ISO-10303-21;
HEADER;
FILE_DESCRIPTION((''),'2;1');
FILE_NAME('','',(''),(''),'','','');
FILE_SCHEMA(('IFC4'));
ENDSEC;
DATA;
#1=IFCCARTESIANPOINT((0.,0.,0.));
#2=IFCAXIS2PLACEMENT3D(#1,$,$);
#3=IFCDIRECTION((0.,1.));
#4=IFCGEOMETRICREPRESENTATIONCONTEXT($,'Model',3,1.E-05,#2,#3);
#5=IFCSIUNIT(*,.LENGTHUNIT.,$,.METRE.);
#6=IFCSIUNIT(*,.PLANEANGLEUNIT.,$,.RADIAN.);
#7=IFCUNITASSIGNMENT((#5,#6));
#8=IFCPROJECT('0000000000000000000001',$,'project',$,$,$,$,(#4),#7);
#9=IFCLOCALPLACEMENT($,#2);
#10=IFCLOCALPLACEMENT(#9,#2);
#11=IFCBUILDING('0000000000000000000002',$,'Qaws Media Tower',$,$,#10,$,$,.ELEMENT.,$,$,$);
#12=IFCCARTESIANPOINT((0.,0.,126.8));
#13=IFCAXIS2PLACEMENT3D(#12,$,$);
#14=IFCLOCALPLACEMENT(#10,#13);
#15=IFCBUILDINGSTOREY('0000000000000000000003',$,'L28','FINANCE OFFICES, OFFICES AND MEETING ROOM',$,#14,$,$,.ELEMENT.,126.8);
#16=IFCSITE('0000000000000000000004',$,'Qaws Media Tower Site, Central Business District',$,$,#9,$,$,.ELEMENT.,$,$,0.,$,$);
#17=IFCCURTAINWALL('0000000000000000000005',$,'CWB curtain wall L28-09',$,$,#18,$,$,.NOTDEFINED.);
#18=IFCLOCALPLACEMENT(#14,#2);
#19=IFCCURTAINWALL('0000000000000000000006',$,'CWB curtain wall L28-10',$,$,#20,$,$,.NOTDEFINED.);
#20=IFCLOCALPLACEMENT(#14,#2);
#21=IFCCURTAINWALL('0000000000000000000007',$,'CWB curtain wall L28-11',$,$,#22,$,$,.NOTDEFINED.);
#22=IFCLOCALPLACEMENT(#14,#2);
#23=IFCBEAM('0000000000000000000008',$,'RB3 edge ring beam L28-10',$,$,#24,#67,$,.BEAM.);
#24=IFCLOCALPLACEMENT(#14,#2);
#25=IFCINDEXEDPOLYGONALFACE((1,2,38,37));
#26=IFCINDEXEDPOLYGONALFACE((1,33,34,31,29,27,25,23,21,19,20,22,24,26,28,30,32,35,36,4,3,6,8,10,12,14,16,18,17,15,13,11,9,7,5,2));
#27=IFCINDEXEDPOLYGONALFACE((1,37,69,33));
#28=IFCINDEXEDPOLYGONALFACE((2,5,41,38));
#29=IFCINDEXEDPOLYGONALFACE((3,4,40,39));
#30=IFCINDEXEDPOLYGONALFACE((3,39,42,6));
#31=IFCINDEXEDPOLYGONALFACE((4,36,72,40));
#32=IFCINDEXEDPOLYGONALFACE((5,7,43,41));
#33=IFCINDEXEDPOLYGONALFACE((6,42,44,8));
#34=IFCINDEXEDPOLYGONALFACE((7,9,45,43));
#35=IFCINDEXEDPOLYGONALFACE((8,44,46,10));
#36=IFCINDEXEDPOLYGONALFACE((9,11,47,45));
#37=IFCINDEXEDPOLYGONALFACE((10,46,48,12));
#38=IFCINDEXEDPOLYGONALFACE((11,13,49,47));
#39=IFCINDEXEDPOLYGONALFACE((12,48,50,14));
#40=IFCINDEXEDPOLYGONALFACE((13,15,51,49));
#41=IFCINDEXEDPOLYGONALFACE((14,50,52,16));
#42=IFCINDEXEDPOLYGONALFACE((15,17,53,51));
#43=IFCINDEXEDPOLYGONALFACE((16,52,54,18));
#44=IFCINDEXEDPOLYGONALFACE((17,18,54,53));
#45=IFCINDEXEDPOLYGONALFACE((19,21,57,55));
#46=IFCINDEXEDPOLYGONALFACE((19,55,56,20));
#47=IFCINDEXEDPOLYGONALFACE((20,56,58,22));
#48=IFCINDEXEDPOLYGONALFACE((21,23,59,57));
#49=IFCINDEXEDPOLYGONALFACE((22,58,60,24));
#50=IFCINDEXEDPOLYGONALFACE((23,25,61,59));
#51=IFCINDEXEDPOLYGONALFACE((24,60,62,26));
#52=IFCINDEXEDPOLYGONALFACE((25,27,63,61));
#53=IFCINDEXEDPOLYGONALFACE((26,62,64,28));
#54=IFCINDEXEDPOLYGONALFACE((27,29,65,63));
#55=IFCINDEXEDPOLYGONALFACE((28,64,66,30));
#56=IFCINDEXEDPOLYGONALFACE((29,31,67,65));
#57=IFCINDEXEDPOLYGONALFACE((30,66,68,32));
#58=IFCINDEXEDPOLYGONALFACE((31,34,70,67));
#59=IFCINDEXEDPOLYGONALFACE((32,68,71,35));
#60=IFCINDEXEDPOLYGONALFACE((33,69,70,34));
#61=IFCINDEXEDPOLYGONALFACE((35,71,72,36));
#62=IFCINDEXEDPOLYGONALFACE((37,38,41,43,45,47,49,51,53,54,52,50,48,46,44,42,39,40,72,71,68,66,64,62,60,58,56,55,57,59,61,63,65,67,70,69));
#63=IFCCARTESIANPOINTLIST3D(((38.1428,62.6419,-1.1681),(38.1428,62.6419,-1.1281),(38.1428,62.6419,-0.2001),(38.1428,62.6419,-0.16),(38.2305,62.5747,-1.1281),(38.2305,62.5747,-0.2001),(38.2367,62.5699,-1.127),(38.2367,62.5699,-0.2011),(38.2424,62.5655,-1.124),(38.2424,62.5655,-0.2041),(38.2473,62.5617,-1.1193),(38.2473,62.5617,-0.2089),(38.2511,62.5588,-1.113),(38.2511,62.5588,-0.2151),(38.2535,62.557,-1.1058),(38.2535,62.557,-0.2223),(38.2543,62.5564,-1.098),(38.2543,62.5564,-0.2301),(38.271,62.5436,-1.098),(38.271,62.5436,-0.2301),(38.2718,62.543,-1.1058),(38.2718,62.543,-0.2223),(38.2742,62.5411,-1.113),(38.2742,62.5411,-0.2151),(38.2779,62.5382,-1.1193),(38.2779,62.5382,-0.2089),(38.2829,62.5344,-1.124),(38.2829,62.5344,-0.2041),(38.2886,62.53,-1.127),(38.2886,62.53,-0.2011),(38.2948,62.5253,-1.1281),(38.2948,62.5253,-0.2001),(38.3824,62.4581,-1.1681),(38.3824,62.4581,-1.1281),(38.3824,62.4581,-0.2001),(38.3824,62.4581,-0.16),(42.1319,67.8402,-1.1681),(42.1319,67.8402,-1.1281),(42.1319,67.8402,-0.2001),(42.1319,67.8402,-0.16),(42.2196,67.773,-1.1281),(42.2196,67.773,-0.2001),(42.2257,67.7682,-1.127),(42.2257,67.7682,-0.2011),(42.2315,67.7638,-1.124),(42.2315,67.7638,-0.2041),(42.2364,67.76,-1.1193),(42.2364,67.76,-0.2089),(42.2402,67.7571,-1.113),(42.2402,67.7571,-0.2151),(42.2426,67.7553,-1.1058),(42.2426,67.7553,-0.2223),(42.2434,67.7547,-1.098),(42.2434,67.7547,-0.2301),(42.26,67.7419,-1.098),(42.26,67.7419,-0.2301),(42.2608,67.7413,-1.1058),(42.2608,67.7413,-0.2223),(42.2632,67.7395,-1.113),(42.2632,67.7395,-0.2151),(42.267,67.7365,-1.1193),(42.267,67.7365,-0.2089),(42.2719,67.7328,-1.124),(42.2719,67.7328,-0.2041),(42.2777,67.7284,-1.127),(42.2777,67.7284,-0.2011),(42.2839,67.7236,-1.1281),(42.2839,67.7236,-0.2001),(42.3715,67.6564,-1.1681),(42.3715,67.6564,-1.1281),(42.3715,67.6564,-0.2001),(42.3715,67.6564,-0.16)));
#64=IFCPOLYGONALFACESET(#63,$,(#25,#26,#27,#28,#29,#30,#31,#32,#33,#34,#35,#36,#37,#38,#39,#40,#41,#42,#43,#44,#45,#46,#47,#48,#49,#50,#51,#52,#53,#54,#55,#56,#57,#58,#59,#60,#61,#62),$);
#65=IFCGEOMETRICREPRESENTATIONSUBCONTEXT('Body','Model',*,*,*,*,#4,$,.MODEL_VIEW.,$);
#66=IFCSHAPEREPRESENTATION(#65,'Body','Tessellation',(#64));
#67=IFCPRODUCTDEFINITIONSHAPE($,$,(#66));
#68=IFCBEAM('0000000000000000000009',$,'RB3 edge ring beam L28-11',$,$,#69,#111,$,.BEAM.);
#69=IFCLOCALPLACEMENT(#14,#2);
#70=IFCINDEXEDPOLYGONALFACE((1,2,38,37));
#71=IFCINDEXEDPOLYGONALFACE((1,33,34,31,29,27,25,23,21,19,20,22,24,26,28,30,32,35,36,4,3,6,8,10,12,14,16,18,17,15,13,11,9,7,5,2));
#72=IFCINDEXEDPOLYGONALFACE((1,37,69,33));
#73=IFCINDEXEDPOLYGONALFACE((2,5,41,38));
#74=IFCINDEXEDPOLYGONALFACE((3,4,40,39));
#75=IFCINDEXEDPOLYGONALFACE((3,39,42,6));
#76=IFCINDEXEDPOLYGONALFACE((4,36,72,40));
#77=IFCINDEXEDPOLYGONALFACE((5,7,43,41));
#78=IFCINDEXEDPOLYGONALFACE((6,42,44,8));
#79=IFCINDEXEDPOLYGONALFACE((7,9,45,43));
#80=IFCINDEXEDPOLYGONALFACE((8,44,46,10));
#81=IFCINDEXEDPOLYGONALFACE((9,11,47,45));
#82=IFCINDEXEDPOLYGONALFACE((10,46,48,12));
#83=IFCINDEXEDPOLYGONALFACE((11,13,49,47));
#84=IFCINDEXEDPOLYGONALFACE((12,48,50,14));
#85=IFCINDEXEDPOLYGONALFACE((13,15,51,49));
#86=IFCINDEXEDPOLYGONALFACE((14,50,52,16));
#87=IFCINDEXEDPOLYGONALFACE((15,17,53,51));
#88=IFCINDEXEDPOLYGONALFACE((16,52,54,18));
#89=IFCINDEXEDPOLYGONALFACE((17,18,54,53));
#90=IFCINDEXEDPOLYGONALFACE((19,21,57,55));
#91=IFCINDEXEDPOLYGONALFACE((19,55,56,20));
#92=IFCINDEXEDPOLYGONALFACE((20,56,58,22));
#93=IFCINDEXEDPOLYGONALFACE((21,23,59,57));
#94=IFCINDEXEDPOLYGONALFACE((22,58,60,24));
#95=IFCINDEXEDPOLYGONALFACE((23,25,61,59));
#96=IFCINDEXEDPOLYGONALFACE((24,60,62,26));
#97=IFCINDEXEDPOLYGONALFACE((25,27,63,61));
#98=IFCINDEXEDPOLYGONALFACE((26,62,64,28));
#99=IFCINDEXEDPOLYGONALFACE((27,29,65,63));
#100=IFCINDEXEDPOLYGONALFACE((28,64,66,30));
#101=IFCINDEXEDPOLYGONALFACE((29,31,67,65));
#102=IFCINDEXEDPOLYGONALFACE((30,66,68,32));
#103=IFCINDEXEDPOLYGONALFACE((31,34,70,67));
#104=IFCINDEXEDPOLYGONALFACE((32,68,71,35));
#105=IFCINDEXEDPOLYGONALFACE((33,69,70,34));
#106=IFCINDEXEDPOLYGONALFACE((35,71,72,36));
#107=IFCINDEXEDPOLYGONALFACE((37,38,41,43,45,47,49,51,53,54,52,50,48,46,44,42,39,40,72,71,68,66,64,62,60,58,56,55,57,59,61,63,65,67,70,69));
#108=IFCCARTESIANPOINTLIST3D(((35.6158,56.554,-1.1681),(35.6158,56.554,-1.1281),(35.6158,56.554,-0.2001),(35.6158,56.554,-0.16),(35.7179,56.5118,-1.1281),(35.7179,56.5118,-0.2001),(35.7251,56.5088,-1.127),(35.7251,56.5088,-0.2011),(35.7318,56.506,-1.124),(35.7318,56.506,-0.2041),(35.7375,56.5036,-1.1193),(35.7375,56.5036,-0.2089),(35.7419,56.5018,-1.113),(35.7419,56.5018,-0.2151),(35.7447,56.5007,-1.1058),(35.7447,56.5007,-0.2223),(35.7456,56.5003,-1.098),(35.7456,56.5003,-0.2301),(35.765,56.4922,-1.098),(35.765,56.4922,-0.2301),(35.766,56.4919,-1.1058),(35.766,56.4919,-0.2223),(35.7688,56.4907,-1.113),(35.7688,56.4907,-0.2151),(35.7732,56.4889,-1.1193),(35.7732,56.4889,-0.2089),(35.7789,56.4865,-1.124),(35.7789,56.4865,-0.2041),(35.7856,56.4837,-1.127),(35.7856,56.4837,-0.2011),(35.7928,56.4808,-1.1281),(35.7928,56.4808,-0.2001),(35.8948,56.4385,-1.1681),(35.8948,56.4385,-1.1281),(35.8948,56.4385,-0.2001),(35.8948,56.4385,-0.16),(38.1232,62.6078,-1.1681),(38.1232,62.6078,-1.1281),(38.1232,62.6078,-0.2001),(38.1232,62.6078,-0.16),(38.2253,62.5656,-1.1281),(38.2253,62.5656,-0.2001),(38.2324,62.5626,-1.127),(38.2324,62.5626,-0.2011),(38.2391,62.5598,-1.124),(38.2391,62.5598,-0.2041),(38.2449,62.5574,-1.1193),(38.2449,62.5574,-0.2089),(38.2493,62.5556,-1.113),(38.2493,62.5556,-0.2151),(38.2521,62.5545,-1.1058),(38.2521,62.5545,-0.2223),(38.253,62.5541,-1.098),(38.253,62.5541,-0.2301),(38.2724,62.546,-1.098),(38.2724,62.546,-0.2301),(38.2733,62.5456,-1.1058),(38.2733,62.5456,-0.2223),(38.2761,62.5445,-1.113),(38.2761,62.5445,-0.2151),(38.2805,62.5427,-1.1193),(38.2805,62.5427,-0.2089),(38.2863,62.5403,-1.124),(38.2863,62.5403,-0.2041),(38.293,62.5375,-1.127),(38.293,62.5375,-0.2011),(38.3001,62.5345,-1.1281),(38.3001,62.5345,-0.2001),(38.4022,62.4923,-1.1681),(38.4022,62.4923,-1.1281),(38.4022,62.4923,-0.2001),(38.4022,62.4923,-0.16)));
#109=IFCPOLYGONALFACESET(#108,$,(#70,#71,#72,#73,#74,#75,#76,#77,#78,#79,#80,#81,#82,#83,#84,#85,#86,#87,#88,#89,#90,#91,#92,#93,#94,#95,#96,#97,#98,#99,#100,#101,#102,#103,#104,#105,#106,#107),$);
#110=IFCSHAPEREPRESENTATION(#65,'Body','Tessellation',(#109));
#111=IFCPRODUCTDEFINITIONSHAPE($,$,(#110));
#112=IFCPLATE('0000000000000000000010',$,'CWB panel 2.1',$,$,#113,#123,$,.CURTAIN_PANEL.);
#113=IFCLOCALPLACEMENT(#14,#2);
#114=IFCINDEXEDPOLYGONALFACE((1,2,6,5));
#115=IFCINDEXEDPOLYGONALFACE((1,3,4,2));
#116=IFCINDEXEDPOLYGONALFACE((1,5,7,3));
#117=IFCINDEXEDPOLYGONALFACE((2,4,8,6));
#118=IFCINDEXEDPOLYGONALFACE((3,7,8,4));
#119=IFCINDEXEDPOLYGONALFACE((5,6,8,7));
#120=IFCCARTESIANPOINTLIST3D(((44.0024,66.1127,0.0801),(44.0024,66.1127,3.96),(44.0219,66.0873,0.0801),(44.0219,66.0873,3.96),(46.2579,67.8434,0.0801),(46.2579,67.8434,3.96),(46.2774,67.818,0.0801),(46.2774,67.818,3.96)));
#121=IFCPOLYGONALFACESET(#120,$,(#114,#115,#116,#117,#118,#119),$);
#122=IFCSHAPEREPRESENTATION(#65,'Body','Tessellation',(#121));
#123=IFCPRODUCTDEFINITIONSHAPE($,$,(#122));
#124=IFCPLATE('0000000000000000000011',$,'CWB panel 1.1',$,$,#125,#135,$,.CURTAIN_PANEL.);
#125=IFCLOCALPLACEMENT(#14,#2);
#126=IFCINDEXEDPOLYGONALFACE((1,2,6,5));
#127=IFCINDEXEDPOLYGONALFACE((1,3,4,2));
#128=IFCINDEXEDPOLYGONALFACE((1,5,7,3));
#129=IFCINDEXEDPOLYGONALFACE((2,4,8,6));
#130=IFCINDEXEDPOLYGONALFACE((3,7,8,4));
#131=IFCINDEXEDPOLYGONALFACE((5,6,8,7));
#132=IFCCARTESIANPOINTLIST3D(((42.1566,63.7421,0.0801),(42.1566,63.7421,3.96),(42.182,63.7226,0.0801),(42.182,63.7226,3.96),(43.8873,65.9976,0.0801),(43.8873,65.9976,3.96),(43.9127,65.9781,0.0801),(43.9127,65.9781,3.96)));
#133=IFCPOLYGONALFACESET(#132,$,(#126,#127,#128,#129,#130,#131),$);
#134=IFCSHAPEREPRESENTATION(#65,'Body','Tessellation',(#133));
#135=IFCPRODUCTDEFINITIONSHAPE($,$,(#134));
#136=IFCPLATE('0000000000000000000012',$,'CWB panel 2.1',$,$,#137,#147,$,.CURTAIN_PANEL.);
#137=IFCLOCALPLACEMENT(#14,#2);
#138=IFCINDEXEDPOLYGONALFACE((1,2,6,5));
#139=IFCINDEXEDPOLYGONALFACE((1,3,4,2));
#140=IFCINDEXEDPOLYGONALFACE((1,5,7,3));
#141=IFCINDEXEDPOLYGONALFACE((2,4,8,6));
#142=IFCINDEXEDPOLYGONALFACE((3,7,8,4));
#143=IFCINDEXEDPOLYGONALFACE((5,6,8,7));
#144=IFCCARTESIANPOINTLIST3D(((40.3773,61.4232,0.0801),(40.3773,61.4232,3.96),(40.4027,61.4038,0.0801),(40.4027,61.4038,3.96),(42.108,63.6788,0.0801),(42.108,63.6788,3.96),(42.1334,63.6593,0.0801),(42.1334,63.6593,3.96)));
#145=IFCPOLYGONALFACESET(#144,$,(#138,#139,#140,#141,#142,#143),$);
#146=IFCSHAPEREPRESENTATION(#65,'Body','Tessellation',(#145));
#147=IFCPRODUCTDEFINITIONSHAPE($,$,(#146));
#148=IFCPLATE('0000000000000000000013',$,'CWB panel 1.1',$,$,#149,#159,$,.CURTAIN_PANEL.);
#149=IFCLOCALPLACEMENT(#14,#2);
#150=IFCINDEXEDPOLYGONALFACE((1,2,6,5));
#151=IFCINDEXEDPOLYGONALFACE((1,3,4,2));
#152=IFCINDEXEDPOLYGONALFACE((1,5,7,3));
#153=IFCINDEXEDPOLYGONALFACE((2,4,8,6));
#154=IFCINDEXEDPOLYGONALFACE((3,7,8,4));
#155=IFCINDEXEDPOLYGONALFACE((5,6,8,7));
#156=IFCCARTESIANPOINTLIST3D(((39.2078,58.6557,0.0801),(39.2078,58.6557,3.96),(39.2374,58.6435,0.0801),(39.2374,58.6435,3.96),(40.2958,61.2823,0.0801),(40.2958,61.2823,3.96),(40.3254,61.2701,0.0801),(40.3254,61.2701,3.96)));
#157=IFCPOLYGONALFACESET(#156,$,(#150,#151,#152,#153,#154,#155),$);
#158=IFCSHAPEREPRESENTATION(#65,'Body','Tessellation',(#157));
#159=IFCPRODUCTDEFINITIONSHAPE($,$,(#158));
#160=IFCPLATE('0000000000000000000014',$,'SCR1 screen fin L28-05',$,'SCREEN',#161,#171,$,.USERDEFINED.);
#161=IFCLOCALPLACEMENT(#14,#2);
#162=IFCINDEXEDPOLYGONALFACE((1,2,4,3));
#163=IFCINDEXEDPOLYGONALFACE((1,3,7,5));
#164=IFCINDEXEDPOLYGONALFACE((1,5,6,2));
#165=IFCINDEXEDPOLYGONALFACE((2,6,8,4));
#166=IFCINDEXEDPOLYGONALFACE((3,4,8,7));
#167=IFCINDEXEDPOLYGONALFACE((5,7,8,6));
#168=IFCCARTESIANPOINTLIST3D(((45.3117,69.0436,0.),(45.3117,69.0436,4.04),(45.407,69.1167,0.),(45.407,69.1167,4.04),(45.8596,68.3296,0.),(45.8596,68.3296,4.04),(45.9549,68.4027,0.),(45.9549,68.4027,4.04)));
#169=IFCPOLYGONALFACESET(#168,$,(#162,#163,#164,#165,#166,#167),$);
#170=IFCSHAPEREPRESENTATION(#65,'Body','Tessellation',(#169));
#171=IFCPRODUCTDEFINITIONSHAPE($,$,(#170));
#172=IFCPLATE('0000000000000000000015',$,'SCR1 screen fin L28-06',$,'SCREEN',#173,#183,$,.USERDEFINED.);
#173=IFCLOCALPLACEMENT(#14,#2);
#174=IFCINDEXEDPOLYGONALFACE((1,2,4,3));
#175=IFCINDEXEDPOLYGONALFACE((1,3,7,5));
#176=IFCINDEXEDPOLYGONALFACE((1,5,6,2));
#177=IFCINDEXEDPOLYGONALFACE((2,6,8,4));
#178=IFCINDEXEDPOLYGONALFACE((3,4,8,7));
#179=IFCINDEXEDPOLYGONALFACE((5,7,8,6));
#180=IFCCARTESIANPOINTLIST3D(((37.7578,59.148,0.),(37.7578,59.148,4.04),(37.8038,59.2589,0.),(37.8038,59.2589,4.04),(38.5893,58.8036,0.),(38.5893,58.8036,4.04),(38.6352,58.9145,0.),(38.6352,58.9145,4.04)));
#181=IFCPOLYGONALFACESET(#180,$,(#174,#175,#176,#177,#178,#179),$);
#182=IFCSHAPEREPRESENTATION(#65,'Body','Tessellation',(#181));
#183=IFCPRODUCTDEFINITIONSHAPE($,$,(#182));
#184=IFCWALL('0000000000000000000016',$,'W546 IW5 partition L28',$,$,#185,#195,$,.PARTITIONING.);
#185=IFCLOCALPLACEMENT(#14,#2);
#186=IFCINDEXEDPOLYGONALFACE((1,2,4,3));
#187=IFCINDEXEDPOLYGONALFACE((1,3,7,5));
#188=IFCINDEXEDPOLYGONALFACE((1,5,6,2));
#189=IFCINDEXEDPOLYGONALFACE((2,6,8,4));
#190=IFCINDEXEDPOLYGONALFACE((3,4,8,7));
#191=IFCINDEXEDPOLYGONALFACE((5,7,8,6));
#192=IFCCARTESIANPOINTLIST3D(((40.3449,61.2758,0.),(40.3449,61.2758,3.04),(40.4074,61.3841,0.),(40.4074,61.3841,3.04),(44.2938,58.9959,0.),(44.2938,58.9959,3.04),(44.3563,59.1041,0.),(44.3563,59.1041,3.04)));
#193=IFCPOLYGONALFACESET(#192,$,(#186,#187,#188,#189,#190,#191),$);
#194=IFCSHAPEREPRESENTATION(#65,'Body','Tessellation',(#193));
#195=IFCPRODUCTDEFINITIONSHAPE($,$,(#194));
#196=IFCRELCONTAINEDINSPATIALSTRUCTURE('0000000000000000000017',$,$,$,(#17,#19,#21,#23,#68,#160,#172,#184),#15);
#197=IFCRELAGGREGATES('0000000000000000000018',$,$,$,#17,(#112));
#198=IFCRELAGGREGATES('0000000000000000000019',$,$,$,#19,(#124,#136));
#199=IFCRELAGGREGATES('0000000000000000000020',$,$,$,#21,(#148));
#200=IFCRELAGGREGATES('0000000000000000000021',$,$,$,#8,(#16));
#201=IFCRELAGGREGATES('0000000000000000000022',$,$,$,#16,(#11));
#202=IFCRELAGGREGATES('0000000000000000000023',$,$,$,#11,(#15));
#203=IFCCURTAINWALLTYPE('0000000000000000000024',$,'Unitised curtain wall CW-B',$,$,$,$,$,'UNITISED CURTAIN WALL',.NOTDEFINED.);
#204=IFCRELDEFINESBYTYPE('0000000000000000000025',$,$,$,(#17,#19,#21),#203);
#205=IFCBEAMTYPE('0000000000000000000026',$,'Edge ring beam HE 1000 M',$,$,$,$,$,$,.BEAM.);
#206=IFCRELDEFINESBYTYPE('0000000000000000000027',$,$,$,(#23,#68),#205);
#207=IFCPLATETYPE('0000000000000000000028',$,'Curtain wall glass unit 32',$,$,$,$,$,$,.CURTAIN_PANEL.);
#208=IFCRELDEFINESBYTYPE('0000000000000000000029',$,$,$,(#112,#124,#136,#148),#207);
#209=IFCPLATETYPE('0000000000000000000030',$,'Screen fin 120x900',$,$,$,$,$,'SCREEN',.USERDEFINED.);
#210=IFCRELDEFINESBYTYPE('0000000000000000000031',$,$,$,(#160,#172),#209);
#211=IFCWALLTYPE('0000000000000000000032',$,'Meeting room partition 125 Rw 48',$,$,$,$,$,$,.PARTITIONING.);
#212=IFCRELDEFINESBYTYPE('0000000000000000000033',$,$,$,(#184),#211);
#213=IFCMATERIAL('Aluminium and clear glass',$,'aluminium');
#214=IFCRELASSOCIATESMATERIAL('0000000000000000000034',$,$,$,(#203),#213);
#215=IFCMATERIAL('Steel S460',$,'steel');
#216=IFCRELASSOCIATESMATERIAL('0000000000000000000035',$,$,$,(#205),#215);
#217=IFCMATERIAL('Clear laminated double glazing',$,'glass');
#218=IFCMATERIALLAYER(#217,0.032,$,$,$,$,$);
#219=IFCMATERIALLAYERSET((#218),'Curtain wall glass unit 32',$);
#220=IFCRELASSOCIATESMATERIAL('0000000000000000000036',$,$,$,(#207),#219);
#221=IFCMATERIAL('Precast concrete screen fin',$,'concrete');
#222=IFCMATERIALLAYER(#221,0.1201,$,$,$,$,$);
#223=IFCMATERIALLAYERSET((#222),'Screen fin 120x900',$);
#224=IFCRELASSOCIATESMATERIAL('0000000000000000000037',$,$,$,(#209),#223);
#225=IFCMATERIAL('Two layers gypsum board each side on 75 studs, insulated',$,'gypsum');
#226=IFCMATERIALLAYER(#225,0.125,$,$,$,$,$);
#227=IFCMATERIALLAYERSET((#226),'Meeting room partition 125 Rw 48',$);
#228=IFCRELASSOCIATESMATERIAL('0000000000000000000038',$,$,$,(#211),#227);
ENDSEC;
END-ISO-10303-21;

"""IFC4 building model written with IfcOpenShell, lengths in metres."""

from ifc_helpers import new_model, si_unit, direction, frame, frame_2d, origin, origin_2d, place, context, subcontext, project, spatial, rectangle, i_section, extrude, material, layer, layer_set, material_profile, profile_set, type_object, element, aggregate, save


model = new_model("IFC4")

# Units and contexts
model_context = context("Model", 3, precision=1e-05, world=origin(), true_north=direction((0.0, 1.0)))
body_context = subcontext(model_context, "Body", "Model", "MODEL_VIEW")
ifc_project = project(units=[si_unit("LENGTHUNIT", "METRE"), si_unit("PLANEANGLEUNIT", "RADIAN")], contexts=[model_context])

# Site, building, storey
site_placement = place(None, origin())
site = spatial("IfcSite", under=ifc_project, at=site_placement, Name="Qaws Media Tower Site, Central Business District", CompositionType="ELEMENT", RefElevation=0.0)
building_placement = place(site_placement, origin())
building = spatial("IfcBuilding", under=site, at=building_placement, Name="Qaws Media Tower", CompositionType="ELEMENT")
storey_placement = place(building_placement, frame((0.0, 0.0, 126.8)))
storey = spatial("IfcBuildingStorey", under=building, at=storey_placement, Name="L28", Description="FINANCE OFFICES, OFFICES AND MEETING ROOM", CompositionType="ELEMENT", Elevation=126.8)

# Curtain wall
ifc_material_1 = material(Name="Aluminium and clear glass", Category="aluminium")
curtain_wall_type = type_object("IfcCurtainWallType", Name="Unitised curtain wall CW-B", ElementType="UNITISED CURTAIN WALL", PredefinedType="NOTDEFINED", material=ifc_material_1)
curtain_wall_1_placement = place(storey_placement, origin())
curtain_wall_1 = element("IfcCurtainWall", 1, at=curtain_wall_1_placement, inside=storey, type_object=curtain_wall_type, Name="CWB curtain wall L28-09", PredefinedType="NOTDEFINED")

# Curtain wall
curtain_wall_2_placement = place(storey_placement, origin())
curtain_wall_2 = element("IfcCurtainWall", 2, at=curtain_wall_2_placement, inside=storey, type_object=curtain_wall_type, Name="CWB curtain wall L28-10", PredefinedType="NOTDEFINED")

# Curtain wall
curtain_wall_3_placement = place(storey_placement, origin())
curtain_wall_3 = element("IfcCurtainWall", 3, at=curtain_wall_3_placement, inside=storey, type_object=curtain_wall_type, Name="CWB curtain wall L28-11", PredefinedType="NOTDEFINED")

# Beams
ifc_material_2 = material(Name="Steel S460", Category="steel")
ifc_material_profile_1 = material_profile(ifc_material_2, i_section(OverallWidth=0.302, OverallDepth=1.0081, WebThickness=0.021, FlangeThickness=0.04, FilletRadius=0.03, at=origin_2d()), Name="HE 1000 M")
ifc_profile_set_1 = profile_set([ifc_material_profile_1], Name="Steel S460")
beam_type = type_object("IfcBeamType", Name="Edge ring beam HE 1000 M", PredefinedType="BEAM", material=ifc_profile_set_1)
for number, where, z_axis, x_axis, name in (
    (4, (42.2517, 67.7483, -0.6641), (-0.608787, -0.793334, 0.0), (0.793334, -0.608787, 0.0), "RB3 edge ring beam L28-10"),
    (5, (38.2627, 62.55, -0.6641), (-0.382657, -0.923891, 0.0), (0.923891, -0.382657, 0.0), "RB3 edge ring beam L28-11"),
):
    element("IfcBeam", number, at=place(storey_placement, frame(where, z_axis=z_axis, x_axis=x_axis)), inside=storey, type_object=beam_type, Name=name, PredefinedType="BEAM", context=body_context, shape_type="SweptSolid", body=[
        extrude(i_section(OverallWidth=0.302, OverallDepth=1.0081, WebThickness=0.021, FlangeThickness=0.04, FilletRadius=0.03, at=origin_2d()), origin(), (0.0, 0.0, 1.0), 6.5525),
    ])

# Plates
ifc_material_3 = material(Name="Clear laminated double glazing", Category="glass")
ifc_layer_1 = layer(ifc_material_3, 0.032)
ifc_layer_set_1 = layer_set([ifc_layer_1], Name="Curtain wall glass unit 32")
plate_type_1 = type_object("IfcPlateType", Name="Curtain wall glass unit 32", PredefinedType="CURTAIN_PANEL", material=ifc_layer_set_1)
plate_1_placement = place(storey_placement, frame((45.1399, 66.9653, 0.0801), z_axis=(0.0, 0.0, 1.0), x_axis=(-0.793353, -0.608761, 0.0)))
plate_1 = element("IfcPlate", 6, at=plate_1_placement, type_object=plate_type_1, Name="CWB panel 2.1", PredefinedType="CURTAIN_PANEL", context=body_context, shape_type="SweptSolid", body=[
    extrude(rectangle(XDim=2.843, YDim=0.032, at=origin_2d()), origin(), (0.0, 0.0, 1.0), 3.8799),
])
aggregate(curtain_wall_1, [plate_1])
plate_2_placement = place(storey_placement, frame((43.0347, 64.8601, 0.0801), z_axis=(0.0, 0.0, 1.0), x_axis=(-0.608761, -0.793353, 0.0)))
plate_2 = element("IfcPlate", 7, at=plate_2_placement, type_object=plate_type_1, Name="CWB panel 1.1", PredefinedType="CURTAIN_PANEL", context=body_context, shape_type="SweptSolid", body=[
    extrude(rectangle(XDim=2.843, YDim=0.032, at=origin_2d()), origin(), (0.0, 0.0, 1.0), 3.8799),
])
plate_3_placement = place(storey_placement, frame((41.2554, 62.5413, 0.0801), z_axis=(0.0, 0.0, 1.0), x_axis=(-0.608761, -0.793353, 0.0)))
plate_3 = element("IfcPlate", 8, at=plate_3_placement, type_object=plate_type_1, Name="CWB panel 2.1", PredefinedType="CURTAIN_PANEL", context=body_context, shape_type="SweptSolid", body=[
    extrude(rectangle(XDim=2.843, YDim=0.032, at=origin_2d()), origin(), (0.0, 0.0, 1.0), 3.8799),
])
aggregate(curtain_wall_2, [plate_2, plate_3])
plate_4_placement = place(storey_placement, frame((39.7666, 59.9629, 0.0801), z_axis=(0.0, 0.0, 1.0), x_axis=(-0.382683, -0.92388, 0.0)))
plate_4 = element("IfcPlate", 9, at=plate_4_placement, type_object=plate_type_1, Name="CWB panel 1.1", PredefinedType="CURTAIN_PANEL", context=body_context, shape_type="SweptSolid", body=[
    extrude(rectangle(XDim=2.843, YDim=0.032, at=origin_2d()), origin(), (0.0, 0.0, 1.0), 3.8799),
])
aggregate(curtain_wall_3, [plate_4])

# Plates
ifc_material_4 = material(Name="Precast concrete screen fin", Category="concrete")
ifc_layer_2 = layer(ifc_material_4, 0.1201)
ifc_layer_set_2 = layer_set([ifc_layer_2], Name="Screen fin 120x900")
plate_type_2 = type_object("IfcPlateType", Name="Screen fin 120x900", ElementType="SCREEN", PredefinedType="USERDEFINED", material=ifc_layer_set_2)
for number, where, z_axis, x_axis, name in (
    (10, (45.6333, 68.7231, 0.0), (0.0, 0.0, 1.0), (-0.608761, 0.793353, 0.0), "SCR1 screen fin L28-05"),
    (11, (38.1965, 59.0312, 0.0), (0.0, 0.0, 1.0), (-0.92388, 0.382683, 0.0), "SCR1 screen fin L28-06"),
):
    element("IfcPlate", number, at=place(storey_placement, frame(where, z_axis=z_axis, x_axis=x_axis)), inside=storey, type_object=plate_type_2, Name=name, ObjectType="SCREEN", PredefinedType="USERDEFINED", context=body_context, shape_type="SweptSolid", body=[
        extrude(rectangle(XDim=0.8999, YDim=0.1201, at=origin_2d()), origin(), (0.0, 0.0, 1.0), 4.04),
    ])

# Wall
ifc_material_5 = material(Name="Two layers gypsum board each side on 75 studs, insulated", Category="gypsum")
ifc_layer_3 = layer(ifc_material_5, 0.125)
ifc_layer_set_3 = layer_set([ifc_layer_3], Name="Meeting room partition 125 Rw 48")
wall_type_1 = type_object("IfcWallType", Name="Meeting room partition 125 Rw 48", PredefinedType="PARTITIONING", material=ifc_layer_set_3)
wall_1_placement = place(storey_placement, frame((44.325, 59.05, 0.0), z_axis=(0.0, 0.0, 1.0), x_axis=(-0.866017, 0.500014, 0.0)))
element("IfcWall", 12, at=wall_1_placement, inside=storey, type_object=wall_type_1, Name="W546 IW5 partition L28", PredefinedType="PARTITIONING", context=body_context, shape_type="SweptSolid", body=[
    extrude(rectangle(XDim=4.5598, YDim=0.125, at=frame_2d((2.2798, 0.0))), origin(), (0.0, 0.0, 1.0), 3.04),
])

save(model, "model.ifc")
